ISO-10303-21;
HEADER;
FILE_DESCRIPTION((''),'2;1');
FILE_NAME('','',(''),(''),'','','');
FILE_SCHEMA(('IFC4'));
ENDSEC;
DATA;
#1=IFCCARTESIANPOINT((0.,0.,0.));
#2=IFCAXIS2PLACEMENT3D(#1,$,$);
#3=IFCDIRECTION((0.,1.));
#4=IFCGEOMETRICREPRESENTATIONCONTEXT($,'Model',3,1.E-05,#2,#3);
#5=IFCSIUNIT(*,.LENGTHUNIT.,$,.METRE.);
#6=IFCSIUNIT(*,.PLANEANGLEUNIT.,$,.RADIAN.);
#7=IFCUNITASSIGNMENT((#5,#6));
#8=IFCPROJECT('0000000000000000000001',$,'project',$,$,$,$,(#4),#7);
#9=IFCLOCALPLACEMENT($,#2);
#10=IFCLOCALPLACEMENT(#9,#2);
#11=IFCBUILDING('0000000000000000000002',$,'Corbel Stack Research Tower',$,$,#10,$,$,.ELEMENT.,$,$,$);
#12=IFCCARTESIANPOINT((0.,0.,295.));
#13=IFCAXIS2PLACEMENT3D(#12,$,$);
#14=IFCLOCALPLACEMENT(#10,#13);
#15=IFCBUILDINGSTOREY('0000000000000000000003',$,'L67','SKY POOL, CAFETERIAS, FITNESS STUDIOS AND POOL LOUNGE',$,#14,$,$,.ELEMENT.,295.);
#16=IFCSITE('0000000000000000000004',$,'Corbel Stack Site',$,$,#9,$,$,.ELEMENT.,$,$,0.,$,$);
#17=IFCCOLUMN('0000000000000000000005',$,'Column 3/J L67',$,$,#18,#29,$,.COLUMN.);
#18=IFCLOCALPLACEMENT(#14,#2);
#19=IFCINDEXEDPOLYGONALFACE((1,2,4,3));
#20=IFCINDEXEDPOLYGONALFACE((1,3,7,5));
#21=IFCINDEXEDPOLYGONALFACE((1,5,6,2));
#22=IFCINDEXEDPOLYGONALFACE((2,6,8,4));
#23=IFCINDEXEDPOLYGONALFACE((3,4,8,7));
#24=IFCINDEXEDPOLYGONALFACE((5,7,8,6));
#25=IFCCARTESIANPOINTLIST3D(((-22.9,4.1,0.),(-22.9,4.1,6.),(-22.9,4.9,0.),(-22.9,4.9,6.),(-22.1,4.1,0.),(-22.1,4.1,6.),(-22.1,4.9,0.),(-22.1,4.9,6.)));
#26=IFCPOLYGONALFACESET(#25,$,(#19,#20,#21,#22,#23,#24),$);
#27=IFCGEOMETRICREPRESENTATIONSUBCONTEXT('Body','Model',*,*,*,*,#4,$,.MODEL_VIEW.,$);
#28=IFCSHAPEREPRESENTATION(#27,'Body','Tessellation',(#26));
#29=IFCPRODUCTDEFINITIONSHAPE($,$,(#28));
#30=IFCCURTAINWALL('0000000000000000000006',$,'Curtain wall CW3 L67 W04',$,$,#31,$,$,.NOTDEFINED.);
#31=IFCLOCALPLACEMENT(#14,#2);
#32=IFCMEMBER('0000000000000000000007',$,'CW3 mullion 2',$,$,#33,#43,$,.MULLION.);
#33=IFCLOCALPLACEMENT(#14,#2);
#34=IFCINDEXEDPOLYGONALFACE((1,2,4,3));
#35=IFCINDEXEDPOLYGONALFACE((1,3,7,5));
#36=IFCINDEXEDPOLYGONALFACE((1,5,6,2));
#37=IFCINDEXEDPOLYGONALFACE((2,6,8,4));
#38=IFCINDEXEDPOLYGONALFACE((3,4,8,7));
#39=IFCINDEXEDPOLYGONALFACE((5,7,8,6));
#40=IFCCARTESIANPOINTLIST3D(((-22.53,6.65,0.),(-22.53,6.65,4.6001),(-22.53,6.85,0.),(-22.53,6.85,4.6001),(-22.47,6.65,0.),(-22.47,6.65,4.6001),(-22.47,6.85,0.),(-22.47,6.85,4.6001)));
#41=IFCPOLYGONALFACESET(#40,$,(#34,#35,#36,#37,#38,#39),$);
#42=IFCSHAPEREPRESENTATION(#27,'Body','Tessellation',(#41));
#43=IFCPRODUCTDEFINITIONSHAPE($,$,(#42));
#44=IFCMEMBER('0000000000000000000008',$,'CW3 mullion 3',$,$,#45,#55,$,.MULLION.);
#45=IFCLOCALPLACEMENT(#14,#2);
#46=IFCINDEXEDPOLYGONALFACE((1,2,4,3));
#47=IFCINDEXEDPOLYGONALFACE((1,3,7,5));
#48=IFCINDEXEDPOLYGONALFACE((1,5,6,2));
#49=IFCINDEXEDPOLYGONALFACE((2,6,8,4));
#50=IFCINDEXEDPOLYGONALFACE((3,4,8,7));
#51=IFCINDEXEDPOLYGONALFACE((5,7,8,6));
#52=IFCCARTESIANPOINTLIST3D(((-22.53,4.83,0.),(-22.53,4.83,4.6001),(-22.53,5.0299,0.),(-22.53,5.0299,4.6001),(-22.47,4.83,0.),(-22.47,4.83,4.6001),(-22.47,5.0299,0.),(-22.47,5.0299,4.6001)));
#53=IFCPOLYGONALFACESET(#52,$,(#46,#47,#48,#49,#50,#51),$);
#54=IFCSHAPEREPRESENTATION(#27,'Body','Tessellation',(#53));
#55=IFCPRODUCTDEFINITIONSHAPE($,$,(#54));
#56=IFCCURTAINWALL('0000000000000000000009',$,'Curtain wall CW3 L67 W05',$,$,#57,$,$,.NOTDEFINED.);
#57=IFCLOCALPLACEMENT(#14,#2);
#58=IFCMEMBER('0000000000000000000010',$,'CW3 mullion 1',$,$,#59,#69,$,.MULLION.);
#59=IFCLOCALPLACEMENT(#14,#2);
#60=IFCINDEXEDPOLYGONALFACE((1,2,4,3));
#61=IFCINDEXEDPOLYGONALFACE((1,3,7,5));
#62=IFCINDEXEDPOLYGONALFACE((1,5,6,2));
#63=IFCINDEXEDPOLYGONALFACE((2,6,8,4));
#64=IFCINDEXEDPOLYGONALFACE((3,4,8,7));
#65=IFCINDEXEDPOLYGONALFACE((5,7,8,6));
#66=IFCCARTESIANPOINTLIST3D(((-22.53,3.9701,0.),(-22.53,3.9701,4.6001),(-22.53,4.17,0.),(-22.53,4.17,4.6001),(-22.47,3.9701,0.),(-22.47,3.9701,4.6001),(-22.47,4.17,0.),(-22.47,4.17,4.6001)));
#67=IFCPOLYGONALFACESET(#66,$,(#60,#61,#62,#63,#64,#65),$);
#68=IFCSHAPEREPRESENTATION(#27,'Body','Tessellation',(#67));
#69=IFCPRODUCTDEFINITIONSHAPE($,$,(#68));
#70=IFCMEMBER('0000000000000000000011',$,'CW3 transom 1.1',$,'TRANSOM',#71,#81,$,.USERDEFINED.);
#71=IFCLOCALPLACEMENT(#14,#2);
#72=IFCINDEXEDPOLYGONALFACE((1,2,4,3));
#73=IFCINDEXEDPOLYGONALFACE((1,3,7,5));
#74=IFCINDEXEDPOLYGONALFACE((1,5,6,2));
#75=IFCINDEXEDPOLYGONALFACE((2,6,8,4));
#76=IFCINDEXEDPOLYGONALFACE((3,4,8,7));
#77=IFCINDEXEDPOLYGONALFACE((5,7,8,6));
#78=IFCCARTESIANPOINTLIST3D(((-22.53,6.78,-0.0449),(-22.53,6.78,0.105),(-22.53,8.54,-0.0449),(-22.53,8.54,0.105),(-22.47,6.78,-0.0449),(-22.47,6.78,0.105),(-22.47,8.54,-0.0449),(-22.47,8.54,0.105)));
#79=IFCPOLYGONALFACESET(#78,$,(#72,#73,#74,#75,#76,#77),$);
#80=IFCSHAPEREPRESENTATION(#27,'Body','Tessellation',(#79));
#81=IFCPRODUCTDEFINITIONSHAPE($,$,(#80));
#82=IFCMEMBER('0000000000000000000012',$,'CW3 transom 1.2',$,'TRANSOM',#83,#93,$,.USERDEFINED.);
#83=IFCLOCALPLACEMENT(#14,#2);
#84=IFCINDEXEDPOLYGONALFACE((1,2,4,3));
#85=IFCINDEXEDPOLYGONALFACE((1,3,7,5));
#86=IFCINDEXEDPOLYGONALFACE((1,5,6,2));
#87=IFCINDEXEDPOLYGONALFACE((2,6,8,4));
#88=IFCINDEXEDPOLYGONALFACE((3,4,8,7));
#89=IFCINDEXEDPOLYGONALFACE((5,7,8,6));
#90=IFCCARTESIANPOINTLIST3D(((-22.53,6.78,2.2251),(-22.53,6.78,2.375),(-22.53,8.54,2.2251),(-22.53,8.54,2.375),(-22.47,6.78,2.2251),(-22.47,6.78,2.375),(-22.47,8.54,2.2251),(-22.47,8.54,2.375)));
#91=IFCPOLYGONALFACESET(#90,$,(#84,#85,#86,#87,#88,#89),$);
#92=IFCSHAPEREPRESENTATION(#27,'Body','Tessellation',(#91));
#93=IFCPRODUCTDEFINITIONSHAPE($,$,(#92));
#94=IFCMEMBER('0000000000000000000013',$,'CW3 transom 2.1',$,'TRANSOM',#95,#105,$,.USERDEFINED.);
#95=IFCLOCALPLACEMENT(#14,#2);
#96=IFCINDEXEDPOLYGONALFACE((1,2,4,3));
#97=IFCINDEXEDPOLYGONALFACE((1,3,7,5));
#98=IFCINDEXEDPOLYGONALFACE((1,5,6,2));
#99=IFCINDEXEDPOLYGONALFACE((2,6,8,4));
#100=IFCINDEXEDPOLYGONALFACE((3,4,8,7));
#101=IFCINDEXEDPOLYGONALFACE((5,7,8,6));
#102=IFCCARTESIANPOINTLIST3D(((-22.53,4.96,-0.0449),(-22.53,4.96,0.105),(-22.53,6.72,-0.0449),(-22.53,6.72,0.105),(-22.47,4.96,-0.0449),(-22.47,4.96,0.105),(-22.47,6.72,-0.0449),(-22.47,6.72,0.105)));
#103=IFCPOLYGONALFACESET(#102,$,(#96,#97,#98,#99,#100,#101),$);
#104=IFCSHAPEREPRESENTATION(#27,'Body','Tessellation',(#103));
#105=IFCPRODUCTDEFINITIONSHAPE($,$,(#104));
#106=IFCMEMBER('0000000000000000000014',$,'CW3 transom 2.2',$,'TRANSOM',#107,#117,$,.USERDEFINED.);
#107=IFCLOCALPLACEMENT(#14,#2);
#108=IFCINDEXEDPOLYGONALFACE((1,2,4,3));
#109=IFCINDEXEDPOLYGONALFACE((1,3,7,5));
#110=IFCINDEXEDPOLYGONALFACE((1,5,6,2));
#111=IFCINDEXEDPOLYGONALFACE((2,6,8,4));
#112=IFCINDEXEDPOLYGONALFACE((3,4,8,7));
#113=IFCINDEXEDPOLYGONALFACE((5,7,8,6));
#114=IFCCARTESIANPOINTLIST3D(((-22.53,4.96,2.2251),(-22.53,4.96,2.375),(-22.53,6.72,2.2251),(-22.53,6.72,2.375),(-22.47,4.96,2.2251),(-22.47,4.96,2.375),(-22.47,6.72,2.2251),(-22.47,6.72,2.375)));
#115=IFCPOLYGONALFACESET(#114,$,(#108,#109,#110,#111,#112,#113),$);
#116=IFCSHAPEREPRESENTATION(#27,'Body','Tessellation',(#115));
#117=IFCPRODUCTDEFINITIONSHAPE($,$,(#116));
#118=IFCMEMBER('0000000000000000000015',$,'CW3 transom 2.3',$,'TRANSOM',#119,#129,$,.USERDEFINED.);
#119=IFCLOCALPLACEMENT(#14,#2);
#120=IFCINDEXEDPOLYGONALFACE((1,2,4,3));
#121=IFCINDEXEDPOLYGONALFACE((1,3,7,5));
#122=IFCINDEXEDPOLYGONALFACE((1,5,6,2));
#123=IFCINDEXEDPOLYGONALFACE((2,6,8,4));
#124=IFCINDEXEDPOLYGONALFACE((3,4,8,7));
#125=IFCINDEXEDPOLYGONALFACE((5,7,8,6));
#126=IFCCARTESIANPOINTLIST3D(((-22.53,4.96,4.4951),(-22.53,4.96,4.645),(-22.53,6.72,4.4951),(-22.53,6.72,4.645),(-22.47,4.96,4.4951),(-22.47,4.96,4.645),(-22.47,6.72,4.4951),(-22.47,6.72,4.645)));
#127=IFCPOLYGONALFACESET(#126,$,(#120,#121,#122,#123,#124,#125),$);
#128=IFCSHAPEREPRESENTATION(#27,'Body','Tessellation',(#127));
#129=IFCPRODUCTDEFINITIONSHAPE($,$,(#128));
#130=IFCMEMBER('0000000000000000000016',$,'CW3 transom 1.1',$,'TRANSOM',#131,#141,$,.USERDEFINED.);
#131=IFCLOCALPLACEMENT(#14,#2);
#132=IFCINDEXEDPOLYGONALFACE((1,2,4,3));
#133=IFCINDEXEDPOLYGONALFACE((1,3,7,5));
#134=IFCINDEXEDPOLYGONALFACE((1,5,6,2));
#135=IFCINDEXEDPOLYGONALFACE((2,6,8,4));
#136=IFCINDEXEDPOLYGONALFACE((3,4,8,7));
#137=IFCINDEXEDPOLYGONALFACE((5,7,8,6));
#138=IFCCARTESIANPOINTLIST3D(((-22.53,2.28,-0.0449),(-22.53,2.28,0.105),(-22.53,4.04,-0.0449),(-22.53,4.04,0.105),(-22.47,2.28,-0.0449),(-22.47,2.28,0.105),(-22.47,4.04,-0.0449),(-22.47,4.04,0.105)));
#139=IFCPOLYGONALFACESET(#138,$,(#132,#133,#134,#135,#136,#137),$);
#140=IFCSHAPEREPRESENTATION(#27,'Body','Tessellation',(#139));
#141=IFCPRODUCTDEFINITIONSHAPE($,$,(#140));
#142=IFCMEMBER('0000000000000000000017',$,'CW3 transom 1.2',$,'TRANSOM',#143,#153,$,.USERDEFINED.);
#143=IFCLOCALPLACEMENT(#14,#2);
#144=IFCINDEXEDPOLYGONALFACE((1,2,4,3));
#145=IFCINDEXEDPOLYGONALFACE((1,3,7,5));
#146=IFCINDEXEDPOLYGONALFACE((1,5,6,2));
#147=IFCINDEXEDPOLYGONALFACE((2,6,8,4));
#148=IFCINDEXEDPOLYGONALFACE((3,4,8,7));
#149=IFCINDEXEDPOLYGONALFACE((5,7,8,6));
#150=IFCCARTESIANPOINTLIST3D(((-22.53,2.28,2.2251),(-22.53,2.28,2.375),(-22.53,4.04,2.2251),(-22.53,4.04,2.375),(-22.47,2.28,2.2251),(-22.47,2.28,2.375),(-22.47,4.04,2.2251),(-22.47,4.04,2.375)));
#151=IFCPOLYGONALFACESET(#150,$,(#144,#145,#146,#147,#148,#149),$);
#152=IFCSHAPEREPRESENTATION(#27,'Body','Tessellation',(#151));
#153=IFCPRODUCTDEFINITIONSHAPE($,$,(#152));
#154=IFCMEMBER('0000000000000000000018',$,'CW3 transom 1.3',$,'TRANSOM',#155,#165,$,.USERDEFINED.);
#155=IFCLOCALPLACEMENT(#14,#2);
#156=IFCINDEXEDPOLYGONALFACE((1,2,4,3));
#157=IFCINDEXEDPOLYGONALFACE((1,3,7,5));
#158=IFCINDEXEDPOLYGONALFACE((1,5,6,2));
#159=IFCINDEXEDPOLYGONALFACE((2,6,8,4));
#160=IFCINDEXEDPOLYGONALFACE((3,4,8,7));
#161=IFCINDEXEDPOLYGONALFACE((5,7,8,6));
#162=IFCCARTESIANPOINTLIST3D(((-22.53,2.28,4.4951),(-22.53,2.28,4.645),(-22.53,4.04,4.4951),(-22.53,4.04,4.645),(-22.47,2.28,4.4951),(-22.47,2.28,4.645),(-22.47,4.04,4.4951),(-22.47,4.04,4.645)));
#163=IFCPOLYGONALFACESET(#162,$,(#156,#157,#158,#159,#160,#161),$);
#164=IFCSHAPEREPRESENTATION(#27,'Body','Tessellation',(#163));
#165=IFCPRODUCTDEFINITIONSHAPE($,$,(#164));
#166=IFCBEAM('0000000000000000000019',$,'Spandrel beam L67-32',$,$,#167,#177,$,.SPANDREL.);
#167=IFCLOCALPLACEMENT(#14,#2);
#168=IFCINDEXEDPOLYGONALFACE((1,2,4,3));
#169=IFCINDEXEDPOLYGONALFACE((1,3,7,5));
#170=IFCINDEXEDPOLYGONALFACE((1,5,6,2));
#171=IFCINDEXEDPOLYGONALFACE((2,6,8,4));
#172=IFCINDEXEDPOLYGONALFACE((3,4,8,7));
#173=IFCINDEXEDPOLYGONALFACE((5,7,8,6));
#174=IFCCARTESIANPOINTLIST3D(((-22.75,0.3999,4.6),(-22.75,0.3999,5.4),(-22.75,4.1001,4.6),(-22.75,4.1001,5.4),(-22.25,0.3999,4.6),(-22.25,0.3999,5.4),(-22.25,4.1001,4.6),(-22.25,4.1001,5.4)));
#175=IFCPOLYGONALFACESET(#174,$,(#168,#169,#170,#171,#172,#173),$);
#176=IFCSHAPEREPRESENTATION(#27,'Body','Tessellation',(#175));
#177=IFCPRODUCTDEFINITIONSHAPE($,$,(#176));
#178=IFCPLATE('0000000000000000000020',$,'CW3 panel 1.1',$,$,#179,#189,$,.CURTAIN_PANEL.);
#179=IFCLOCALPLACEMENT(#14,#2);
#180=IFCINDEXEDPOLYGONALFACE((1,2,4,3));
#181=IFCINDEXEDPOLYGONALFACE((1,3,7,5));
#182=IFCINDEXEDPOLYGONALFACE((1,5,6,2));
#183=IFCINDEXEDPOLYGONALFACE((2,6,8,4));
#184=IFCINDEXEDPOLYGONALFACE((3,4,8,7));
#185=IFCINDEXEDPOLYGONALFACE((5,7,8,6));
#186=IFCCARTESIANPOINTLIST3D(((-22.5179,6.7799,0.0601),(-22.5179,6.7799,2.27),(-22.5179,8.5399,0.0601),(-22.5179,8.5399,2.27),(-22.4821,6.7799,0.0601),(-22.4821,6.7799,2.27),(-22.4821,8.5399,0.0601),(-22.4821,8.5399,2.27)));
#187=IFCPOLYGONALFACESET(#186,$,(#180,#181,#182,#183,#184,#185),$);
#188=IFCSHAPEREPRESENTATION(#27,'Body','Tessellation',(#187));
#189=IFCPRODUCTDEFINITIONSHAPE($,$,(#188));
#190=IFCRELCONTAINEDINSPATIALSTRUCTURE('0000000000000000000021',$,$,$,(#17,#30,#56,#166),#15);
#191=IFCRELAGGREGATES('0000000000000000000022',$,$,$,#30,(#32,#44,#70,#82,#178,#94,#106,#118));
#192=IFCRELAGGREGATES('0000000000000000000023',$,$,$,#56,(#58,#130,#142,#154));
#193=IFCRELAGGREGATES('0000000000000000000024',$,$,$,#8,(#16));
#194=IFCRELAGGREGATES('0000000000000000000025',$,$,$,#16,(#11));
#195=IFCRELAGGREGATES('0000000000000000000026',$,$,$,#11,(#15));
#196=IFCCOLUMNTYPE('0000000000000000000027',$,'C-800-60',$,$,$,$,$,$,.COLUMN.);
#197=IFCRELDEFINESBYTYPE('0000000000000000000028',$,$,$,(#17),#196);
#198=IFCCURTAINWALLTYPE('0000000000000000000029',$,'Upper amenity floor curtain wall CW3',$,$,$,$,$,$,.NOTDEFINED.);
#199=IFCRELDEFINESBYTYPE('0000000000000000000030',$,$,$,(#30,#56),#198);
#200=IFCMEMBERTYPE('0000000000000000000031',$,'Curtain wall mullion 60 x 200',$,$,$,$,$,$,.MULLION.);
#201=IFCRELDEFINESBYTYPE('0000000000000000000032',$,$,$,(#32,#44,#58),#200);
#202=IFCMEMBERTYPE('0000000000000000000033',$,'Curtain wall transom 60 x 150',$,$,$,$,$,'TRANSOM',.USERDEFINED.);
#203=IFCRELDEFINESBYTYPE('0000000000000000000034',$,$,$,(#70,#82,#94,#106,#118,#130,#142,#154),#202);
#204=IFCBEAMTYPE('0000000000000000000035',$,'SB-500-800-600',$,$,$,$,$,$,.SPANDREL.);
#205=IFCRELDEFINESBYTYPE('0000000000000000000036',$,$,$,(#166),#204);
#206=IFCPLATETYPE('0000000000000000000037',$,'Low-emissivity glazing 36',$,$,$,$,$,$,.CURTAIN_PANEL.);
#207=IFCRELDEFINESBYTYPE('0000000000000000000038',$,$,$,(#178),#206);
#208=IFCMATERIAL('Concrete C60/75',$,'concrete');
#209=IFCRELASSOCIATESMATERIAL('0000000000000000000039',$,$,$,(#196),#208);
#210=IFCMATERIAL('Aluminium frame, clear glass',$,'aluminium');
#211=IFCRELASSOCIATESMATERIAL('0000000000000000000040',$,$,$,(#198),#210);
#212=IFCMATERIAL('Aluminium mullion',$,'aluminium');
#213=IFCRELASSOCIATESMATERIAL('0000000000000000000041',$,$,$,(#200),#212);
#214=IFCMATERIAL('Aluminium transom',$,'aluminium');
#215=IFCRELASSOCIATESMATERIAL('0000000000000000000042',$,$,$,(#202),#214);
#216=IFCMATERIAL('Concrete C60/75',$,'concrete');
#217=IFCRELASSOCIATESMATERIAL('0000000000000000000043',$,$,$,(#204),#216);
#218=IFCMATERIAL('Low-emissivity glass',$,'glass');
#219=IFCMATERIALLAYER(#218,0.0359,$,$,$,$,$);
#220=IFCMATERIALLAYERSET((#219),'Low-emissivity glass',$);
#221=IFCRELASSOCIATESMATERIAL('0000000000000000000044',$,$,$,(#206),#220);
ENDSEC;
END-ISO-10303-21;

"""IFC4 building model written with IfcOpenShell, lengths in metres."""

from ifc_helpers import new_model, si_unit, direction, frame, origin, origin_2d, place, context, subcontext, project, spatial, rectangle, extrude, material, layer, layer_set, material_profile, profile_set, type_object, element, aggregate, save


model = new_model("IFC4")

# Units and contexts
model_context = context("Model", 3, precision=1e-05, world=origin(), true_north=direction((0.0, 1.0)))
body_context = subcontext(model_context, "Body", "Model", "MODEL_VIEW")
ifc_project = project(units=[si_unit("LENGTHUNIT", "METRE"), si_unit("PLANEANGLEUNIT", "RADIAN")], contexts=[model_context])

# Site, building, storey
site_placement = place(None, origin())
site = spatial("IfcSite", under=ifc_project, at=site_placement, Name="Corbel Stack Site", CompositionType="ELEMENT", RefElevation=0.0)
building_placement = place(site_placement, origin())
building = spatial("IfcBuilding", under=site, at=building_placement, Name="Corbel Stack Research Tower", CompositionType="ELEMENT")
storey_placement = place(building_placement, frame((0.0, 0.0, 295.0)))
storey = spatial("IfcBuildingStorey", under=building, at=storey_placement, Name="L67", Description="SKY POOL, CAFETERIAS, FITNESS STUDIOS AND POOL LOUNGE", CompositionType="ELEMENT", Elevation=295.0)

# Column
ifc_material_1 = material(Name="Concrete C60/75", Category="concrete")
ifc_material_profile_1 = material_profile(ifc_material_1, rectangle(XDim=0.8, YDim=0.8, at=origin_2d()), Name="RC 800 x 800")
ifc_profile_set_1 = profile_set([ifc_material_profile_1], Name="Concrete C60/75")
column_type = type_object("IfcColumnType", Name="C-800-60", PredefinedType="COLUMN", material=ifc_profile_set_1)
column_placement = place(storey_placement, frame((-22.5, 4.5, 0.0), z_axis=(0.0, 0.0, 1.0), x_axis=(1.0, 0.0, 0.0)))
element("IfcColumn", 1, at=column_placement, inside=storey, type_object=column_type, Name="Column 3/J L67", PredefinedType="COLUMN", context=body_context, shape_type="SweptSolid", body=[
    extrude(rectangle(XDim=0.8, YDim=0.8, at=origin_2d()), origin(), (0.0, 0.0, 1.0), 6.0),
])

# Curtain wall, members
ifc_material_2 = material(Name="Aluminium frame, clear glass", Category="aluminium")
curtain_wall_type = type_object("IfcCurtainWallType", Name="Upper amenity floor curtain wall CW3", PredefinedType="NOTDEFINED", material=ifc_material_2)
curtain_wall_1_placement = place(storey_placement, origin())
curtain_wall_1 = element("IfcCurtainWall", 2, at=curtain_wall_1_placement, inside=storey, type_object=curtain_wall_type, Name="Curtain wall CW3 L67 W04", PredefinedType="NOTDEFINED")
ifc_material_3 = material(Name="Aluminium mullion", Category="aluminium")
ifc_material_profile_2 = material_profile(ifc_material_3, rectangle(XDim=0.0601, YDim=0.2, at=origin_2d()), Name="Mullion 60 x 200")
ifc_profile_set_2 = profile_set([ifc_material_profile_2], Name="Aluminium mullion")
member_type_1 = type_object("IfcMemberType", Name="Curtain wall mullion 60 x 200", PredefinedType="MULLION", material=ifc_profile_set_2)
member_1_placement = place(storey_placement, frame((-22.5, 6.75, 0.0), z_axis=(0.0, 0.0, 1.0), x_axis=(1.0, 0.0, 0.0)))
member_1 = element("IfcMember", 3, at=member_1_placement, type_object=member_type_1, Name="CW3 mullion 2", PredefinedType="MULLION", context=body_context, shape_type="SweptSolid", body=[
    extrude(rectangle(XDim=0.0601, YDim=0.2, at=origin_2d()), origin(), (0.0, 0.0, 1.0), 4.6001),
])
member_2_placement = place(storey_placement, frame((-22.5, 4.9299, 0.0), z_axis=(0.0, 0.0, 1.0), x_axis=(1.0, 0.0, 0.0)))
member_2 = element("IfcMember", 4, at=member_2_placement, type_object=member_type_1, Name="CW3 mullion 3", PredefinedType="MULLION", context=body_context, shape_type="SweptSolid", body=[
    extrude(rectangle(XDim=0.0601, YDim=0.2, at=origin_2d()), origin(), (0.0, 0.0, 1.0), 4.6001),
])

# Curtain wall, member
curtain_wall_2_placement = place(storey_placement, origin())
curtain_wall_2 = element("IfcCurtainWall", 5, at=curtain_wall_2_placement, inside=storey, type_object=curtain_wall_type, Name="Curtain wall CW3 L67 W05", PredefinedType="NOTDEFINED")
member_3_placement = place(storey_placement, frame((-22.5, 4.0701, 0.0), z_axis=(0.0, 0.0, 1.0), x_axis=(1.0, 0.0, 0.0)))
member_3 = element("IfcMember", 6, at=member_3_placement, type_object=member_type_1, Name="CW3 mullion 1", PredefinedType="MULLION", context=body_context, shape_type="SweptSolid", body=[
    extrude(rectangle(XDim=0.0601, YDim=0.2, at=origin_2d()), origin(), (0.0, 0.0, 1.0), 4.6001),
])

# Members
ifc_material_4 = material(Name="Aluminium transom", Category="aluminium")
ifc_material_profile_3 = material_profile(ifc_material_4, rectangle(XDim=0.0601, YDim=0.1499, at=origin_2d()), Name="Transom 60 x 150")
ifc_profile_set_3 = profile_set([ifc_material_profile_3], Name="Aluminium transom")
member_type_2 = type_object("IfcMemberType", Name="Curtain wall transom 60 x 150", ElementType="TRANSOM", PredefinedType="USERDEFINED", material=ifc_profile_set_3)
member_4_placement = place(storey_placement, frame((-22.5, 8.54, 0.03), z_axis=(0.0, -1.0, 0.0), x_axis=(1.0, 0.0, 0.0)))
member_4 = element("IfcMember", 7, at=member_4_placement, type_object=member_type_2, Name="CW3 transom 1.1", ObjectType="TRANSOM", PredefinedType="USERDEFINED", context=body_context, shape_type="SweptSolid", body=[
    extrude(rectangle(XDim=0.0601, YDim=0.1499, at=origin_2d()), origin(), (0.0, 0.0, 1.0), 1.76),
])
member_5_placement = place(storey_placement, frame((-22.5, 8.54, 2.3), z_axis=(0.0, -1.0, 0.0), x_axis=(1.0, 0.0, 0.0)))
member_5 = element("IfcMember", 8, at=member_5_placement, type_object=member_type_2, Name="CW3 transom 1.2", ObjectType="TRANSOM", PredefinedType="USERDEFINED", context=body_context, shape_type="SweptSolid", body=[
    extrude(rectangle(XDim=0.0601, YDim=0.1499, at=origin_2d()), origin(), (0.0, 0.0, 1.0), 1.76),
])
member_6_placement = place(storey_placement, frame((-22.5, 6.72, 0.03), z_axis=(0.0, -1.0, 0.0), x_axis=(1.0, 0.0, 0.0)))
member_6 = element("IfcMember", 9, at=member_6_placement, type_object=member_type_2, Name="CW3 transom 2.1", ObjectType="TRANSOM", PredefinedType="USERDEFINED", context=body_context, shape_type="SweptSolid", body=[
    extrude(rectangle(XDim=0.0601, YDim=0.1499, at=origin_2d()), origin(), (0.0, 0.0, 1.0), 1.76),
])
member_7_placement = place(storey_placement, frame((-22.5, 6.72, 2.3), z_axis=(0.0, -1.0, 0.0), x_axis=(1.0, 0.0, 0.0)))
member_7 = element("IfcMember", 10, at=member_7_placement, type_object=member_type_2, Name="CW3 transom 2.2", ObjectType="TRANSOM", PredefinedType="USERDEFINED", context=body_context, shape_type="SweptSolid", body=[
    extrude(rectangle(XDim=0.0601, YDim=0.1499, at=origin_2d()), origin(), (0.0, 0.0, 1.0), 1.76),
])
member_8_placement = place(storey_placement, frame((-22.5, 6.72, 4.5701), z_axis=(0.0, -1.0, 0.0), x_axis=(1.0, 0.0, 0.0)))
member_8 = element("IfcMember", 11, at=member_8_placement, type_object=member_type_2, Name="CW3 transom 2.3", ObjectType="TRANSOM", PredefinedType="USERDEFINED", context=body_context, shape_type="SweptSolid", body=[
    extrude(rectangle(XDim=0.0601, YDim=0.1499, at=origin_2d()), origin(), (0.0, 0.0, 1.0), 1.76),
])
member_9_placement = place(storey_placement, frame((-22.5, 4.04, 0.03), z_axis=(0.0, -1.0, 0.0), x_axis=(1.0, 0.0, 0.0)))
member_9 = element("IfcMember", 12, at=member_9_placement, type_object=member_type_2, Name="CW3 transom 1.1", ObjectType="TRANSOM", PredefinedType="USERDEFINED", context=body_context, shape_type="SweptSolid", body=[
    extrude(rectangle(XDim=0.0601, YDim=0.1499, at=origin_2d()), origin(), (0.0, 0.0, 1.0), 1.76),
])
member_10_placement = place(storey_placement, frame((-22.5, 4.04, 2.3), z_axis=(0.0, -1.0, 0.0), x_axis=(1.0, 0.0, 0.0)))
member_10 = element("IfcMember", 13, at=member_10_placement, type_object=member_type_2, Name="CW3 transom 1.2", ObjectType="TRANSOM", PredefinedType="USERDEFINED", context=body_context, shape_type="SweptSolid", body=[
    extrude(rectangle(XDim=0.0601, YDim=0.1499, at=origin_2d()), origin(), (0.0, 0.0, 1.0), 1.76),
])
member_11_placement = place(storey_placement, frame((-22.5, 4.04, 4.5701), z_axis=(0.0, -1.0, 0.0), x_axis=(1.0, 0.0, 0.0)))
member_11 = element("IfcMember", 14, at=member_11_placement, type_object=member_type_2, Name="CW3 transom 1.3", ObjectType="TRANSOM", PredefinedType="USERDEFINED", context=body_context, shape_type="SweptSolid", body=[
    extrude(rectangle(XDim=0.0601, YDim=0.1499, at=origin_2d()), origin(), (0.0, 0.0, 1.0), 1.76),
])

# Beam
ifc_material_5 = material(Name="Concrete C60/75", Category="concrete")
ifc_material_profile_4 = material_profile(ifc_material_5, rectangle(XDim=0.5, YDim=0.8, at=origin_2d()), Name="RC 500 x 800")
ifc_profile_set_4 = profile_set([ifc_material_profile_4], Name="Concrete C60/75")
beam_type = type_object("IfcBeamType", Name="SB-500-800-600", PredefinedType="SPANDREL", material=ifc_profile_set_4)
beam_placement = place(storey_placement, frame((-22.5, 4.1001, 5.0), z_axis=(0.0, -1.0, 0.0), x_axis=(1.0, 0.0, 0.0)))
element("IfcBeam", 15, at=beam_placement, inside=storey, type_object=beam_type, Name="Spandrel beam L67-32", PredefinedType="SPANDREL", context=body_context, shape_type="SweptSolid", body=[
    extrude(rectangle(XDim=0.5, YDim=0.8, at=origin_2d()), origin(), (0.0, 0.0, 1.0), 3.7002),
])

# Plate
ifc_material_6 = material(Name="Low-emissivity glass", Category="glass")
ifc_layer = layer(ifc_material_6, 0.0359)
ifc_layer_set = layer_set([ifc_layer], Name="Low-emissivity glass")
plate_type = type_object("IfcPlateType", Name="Low-emissivity glazing 36", PredefinedType="CURTAIN_PANEL", material=ifc_layer_set)
plate_1_placement = place(storey_placement, frame((-22.5, 7.6599, 0.0601), z_axis=(0.0, 0.0, 1.0), x_axis=(0.0, -1.0, 0.0)))
plate_1 = element("IfcPlate", 16, at=plate_1_placement, type_object=plate_type, Name="CW3 panel 1.1", PredefinedType="CURTAIN_PANEL", context=body_context, shape_type="SweptSolid", body=[
    extrude(rectangle(XDim=1.76, YDim=0.0359, at=origin_2d()), origin(), (0.0, 0.0, 1.0), 2.21),
])
aggregate(curtain_wall_1, [member_1, member_2, member_4, member_5, plate_1, member_6, member_7, member_8])
aggregate(curtain_wall_2, [member_3, member_9, member_10, member_11])

save(model, "model.ifc")
